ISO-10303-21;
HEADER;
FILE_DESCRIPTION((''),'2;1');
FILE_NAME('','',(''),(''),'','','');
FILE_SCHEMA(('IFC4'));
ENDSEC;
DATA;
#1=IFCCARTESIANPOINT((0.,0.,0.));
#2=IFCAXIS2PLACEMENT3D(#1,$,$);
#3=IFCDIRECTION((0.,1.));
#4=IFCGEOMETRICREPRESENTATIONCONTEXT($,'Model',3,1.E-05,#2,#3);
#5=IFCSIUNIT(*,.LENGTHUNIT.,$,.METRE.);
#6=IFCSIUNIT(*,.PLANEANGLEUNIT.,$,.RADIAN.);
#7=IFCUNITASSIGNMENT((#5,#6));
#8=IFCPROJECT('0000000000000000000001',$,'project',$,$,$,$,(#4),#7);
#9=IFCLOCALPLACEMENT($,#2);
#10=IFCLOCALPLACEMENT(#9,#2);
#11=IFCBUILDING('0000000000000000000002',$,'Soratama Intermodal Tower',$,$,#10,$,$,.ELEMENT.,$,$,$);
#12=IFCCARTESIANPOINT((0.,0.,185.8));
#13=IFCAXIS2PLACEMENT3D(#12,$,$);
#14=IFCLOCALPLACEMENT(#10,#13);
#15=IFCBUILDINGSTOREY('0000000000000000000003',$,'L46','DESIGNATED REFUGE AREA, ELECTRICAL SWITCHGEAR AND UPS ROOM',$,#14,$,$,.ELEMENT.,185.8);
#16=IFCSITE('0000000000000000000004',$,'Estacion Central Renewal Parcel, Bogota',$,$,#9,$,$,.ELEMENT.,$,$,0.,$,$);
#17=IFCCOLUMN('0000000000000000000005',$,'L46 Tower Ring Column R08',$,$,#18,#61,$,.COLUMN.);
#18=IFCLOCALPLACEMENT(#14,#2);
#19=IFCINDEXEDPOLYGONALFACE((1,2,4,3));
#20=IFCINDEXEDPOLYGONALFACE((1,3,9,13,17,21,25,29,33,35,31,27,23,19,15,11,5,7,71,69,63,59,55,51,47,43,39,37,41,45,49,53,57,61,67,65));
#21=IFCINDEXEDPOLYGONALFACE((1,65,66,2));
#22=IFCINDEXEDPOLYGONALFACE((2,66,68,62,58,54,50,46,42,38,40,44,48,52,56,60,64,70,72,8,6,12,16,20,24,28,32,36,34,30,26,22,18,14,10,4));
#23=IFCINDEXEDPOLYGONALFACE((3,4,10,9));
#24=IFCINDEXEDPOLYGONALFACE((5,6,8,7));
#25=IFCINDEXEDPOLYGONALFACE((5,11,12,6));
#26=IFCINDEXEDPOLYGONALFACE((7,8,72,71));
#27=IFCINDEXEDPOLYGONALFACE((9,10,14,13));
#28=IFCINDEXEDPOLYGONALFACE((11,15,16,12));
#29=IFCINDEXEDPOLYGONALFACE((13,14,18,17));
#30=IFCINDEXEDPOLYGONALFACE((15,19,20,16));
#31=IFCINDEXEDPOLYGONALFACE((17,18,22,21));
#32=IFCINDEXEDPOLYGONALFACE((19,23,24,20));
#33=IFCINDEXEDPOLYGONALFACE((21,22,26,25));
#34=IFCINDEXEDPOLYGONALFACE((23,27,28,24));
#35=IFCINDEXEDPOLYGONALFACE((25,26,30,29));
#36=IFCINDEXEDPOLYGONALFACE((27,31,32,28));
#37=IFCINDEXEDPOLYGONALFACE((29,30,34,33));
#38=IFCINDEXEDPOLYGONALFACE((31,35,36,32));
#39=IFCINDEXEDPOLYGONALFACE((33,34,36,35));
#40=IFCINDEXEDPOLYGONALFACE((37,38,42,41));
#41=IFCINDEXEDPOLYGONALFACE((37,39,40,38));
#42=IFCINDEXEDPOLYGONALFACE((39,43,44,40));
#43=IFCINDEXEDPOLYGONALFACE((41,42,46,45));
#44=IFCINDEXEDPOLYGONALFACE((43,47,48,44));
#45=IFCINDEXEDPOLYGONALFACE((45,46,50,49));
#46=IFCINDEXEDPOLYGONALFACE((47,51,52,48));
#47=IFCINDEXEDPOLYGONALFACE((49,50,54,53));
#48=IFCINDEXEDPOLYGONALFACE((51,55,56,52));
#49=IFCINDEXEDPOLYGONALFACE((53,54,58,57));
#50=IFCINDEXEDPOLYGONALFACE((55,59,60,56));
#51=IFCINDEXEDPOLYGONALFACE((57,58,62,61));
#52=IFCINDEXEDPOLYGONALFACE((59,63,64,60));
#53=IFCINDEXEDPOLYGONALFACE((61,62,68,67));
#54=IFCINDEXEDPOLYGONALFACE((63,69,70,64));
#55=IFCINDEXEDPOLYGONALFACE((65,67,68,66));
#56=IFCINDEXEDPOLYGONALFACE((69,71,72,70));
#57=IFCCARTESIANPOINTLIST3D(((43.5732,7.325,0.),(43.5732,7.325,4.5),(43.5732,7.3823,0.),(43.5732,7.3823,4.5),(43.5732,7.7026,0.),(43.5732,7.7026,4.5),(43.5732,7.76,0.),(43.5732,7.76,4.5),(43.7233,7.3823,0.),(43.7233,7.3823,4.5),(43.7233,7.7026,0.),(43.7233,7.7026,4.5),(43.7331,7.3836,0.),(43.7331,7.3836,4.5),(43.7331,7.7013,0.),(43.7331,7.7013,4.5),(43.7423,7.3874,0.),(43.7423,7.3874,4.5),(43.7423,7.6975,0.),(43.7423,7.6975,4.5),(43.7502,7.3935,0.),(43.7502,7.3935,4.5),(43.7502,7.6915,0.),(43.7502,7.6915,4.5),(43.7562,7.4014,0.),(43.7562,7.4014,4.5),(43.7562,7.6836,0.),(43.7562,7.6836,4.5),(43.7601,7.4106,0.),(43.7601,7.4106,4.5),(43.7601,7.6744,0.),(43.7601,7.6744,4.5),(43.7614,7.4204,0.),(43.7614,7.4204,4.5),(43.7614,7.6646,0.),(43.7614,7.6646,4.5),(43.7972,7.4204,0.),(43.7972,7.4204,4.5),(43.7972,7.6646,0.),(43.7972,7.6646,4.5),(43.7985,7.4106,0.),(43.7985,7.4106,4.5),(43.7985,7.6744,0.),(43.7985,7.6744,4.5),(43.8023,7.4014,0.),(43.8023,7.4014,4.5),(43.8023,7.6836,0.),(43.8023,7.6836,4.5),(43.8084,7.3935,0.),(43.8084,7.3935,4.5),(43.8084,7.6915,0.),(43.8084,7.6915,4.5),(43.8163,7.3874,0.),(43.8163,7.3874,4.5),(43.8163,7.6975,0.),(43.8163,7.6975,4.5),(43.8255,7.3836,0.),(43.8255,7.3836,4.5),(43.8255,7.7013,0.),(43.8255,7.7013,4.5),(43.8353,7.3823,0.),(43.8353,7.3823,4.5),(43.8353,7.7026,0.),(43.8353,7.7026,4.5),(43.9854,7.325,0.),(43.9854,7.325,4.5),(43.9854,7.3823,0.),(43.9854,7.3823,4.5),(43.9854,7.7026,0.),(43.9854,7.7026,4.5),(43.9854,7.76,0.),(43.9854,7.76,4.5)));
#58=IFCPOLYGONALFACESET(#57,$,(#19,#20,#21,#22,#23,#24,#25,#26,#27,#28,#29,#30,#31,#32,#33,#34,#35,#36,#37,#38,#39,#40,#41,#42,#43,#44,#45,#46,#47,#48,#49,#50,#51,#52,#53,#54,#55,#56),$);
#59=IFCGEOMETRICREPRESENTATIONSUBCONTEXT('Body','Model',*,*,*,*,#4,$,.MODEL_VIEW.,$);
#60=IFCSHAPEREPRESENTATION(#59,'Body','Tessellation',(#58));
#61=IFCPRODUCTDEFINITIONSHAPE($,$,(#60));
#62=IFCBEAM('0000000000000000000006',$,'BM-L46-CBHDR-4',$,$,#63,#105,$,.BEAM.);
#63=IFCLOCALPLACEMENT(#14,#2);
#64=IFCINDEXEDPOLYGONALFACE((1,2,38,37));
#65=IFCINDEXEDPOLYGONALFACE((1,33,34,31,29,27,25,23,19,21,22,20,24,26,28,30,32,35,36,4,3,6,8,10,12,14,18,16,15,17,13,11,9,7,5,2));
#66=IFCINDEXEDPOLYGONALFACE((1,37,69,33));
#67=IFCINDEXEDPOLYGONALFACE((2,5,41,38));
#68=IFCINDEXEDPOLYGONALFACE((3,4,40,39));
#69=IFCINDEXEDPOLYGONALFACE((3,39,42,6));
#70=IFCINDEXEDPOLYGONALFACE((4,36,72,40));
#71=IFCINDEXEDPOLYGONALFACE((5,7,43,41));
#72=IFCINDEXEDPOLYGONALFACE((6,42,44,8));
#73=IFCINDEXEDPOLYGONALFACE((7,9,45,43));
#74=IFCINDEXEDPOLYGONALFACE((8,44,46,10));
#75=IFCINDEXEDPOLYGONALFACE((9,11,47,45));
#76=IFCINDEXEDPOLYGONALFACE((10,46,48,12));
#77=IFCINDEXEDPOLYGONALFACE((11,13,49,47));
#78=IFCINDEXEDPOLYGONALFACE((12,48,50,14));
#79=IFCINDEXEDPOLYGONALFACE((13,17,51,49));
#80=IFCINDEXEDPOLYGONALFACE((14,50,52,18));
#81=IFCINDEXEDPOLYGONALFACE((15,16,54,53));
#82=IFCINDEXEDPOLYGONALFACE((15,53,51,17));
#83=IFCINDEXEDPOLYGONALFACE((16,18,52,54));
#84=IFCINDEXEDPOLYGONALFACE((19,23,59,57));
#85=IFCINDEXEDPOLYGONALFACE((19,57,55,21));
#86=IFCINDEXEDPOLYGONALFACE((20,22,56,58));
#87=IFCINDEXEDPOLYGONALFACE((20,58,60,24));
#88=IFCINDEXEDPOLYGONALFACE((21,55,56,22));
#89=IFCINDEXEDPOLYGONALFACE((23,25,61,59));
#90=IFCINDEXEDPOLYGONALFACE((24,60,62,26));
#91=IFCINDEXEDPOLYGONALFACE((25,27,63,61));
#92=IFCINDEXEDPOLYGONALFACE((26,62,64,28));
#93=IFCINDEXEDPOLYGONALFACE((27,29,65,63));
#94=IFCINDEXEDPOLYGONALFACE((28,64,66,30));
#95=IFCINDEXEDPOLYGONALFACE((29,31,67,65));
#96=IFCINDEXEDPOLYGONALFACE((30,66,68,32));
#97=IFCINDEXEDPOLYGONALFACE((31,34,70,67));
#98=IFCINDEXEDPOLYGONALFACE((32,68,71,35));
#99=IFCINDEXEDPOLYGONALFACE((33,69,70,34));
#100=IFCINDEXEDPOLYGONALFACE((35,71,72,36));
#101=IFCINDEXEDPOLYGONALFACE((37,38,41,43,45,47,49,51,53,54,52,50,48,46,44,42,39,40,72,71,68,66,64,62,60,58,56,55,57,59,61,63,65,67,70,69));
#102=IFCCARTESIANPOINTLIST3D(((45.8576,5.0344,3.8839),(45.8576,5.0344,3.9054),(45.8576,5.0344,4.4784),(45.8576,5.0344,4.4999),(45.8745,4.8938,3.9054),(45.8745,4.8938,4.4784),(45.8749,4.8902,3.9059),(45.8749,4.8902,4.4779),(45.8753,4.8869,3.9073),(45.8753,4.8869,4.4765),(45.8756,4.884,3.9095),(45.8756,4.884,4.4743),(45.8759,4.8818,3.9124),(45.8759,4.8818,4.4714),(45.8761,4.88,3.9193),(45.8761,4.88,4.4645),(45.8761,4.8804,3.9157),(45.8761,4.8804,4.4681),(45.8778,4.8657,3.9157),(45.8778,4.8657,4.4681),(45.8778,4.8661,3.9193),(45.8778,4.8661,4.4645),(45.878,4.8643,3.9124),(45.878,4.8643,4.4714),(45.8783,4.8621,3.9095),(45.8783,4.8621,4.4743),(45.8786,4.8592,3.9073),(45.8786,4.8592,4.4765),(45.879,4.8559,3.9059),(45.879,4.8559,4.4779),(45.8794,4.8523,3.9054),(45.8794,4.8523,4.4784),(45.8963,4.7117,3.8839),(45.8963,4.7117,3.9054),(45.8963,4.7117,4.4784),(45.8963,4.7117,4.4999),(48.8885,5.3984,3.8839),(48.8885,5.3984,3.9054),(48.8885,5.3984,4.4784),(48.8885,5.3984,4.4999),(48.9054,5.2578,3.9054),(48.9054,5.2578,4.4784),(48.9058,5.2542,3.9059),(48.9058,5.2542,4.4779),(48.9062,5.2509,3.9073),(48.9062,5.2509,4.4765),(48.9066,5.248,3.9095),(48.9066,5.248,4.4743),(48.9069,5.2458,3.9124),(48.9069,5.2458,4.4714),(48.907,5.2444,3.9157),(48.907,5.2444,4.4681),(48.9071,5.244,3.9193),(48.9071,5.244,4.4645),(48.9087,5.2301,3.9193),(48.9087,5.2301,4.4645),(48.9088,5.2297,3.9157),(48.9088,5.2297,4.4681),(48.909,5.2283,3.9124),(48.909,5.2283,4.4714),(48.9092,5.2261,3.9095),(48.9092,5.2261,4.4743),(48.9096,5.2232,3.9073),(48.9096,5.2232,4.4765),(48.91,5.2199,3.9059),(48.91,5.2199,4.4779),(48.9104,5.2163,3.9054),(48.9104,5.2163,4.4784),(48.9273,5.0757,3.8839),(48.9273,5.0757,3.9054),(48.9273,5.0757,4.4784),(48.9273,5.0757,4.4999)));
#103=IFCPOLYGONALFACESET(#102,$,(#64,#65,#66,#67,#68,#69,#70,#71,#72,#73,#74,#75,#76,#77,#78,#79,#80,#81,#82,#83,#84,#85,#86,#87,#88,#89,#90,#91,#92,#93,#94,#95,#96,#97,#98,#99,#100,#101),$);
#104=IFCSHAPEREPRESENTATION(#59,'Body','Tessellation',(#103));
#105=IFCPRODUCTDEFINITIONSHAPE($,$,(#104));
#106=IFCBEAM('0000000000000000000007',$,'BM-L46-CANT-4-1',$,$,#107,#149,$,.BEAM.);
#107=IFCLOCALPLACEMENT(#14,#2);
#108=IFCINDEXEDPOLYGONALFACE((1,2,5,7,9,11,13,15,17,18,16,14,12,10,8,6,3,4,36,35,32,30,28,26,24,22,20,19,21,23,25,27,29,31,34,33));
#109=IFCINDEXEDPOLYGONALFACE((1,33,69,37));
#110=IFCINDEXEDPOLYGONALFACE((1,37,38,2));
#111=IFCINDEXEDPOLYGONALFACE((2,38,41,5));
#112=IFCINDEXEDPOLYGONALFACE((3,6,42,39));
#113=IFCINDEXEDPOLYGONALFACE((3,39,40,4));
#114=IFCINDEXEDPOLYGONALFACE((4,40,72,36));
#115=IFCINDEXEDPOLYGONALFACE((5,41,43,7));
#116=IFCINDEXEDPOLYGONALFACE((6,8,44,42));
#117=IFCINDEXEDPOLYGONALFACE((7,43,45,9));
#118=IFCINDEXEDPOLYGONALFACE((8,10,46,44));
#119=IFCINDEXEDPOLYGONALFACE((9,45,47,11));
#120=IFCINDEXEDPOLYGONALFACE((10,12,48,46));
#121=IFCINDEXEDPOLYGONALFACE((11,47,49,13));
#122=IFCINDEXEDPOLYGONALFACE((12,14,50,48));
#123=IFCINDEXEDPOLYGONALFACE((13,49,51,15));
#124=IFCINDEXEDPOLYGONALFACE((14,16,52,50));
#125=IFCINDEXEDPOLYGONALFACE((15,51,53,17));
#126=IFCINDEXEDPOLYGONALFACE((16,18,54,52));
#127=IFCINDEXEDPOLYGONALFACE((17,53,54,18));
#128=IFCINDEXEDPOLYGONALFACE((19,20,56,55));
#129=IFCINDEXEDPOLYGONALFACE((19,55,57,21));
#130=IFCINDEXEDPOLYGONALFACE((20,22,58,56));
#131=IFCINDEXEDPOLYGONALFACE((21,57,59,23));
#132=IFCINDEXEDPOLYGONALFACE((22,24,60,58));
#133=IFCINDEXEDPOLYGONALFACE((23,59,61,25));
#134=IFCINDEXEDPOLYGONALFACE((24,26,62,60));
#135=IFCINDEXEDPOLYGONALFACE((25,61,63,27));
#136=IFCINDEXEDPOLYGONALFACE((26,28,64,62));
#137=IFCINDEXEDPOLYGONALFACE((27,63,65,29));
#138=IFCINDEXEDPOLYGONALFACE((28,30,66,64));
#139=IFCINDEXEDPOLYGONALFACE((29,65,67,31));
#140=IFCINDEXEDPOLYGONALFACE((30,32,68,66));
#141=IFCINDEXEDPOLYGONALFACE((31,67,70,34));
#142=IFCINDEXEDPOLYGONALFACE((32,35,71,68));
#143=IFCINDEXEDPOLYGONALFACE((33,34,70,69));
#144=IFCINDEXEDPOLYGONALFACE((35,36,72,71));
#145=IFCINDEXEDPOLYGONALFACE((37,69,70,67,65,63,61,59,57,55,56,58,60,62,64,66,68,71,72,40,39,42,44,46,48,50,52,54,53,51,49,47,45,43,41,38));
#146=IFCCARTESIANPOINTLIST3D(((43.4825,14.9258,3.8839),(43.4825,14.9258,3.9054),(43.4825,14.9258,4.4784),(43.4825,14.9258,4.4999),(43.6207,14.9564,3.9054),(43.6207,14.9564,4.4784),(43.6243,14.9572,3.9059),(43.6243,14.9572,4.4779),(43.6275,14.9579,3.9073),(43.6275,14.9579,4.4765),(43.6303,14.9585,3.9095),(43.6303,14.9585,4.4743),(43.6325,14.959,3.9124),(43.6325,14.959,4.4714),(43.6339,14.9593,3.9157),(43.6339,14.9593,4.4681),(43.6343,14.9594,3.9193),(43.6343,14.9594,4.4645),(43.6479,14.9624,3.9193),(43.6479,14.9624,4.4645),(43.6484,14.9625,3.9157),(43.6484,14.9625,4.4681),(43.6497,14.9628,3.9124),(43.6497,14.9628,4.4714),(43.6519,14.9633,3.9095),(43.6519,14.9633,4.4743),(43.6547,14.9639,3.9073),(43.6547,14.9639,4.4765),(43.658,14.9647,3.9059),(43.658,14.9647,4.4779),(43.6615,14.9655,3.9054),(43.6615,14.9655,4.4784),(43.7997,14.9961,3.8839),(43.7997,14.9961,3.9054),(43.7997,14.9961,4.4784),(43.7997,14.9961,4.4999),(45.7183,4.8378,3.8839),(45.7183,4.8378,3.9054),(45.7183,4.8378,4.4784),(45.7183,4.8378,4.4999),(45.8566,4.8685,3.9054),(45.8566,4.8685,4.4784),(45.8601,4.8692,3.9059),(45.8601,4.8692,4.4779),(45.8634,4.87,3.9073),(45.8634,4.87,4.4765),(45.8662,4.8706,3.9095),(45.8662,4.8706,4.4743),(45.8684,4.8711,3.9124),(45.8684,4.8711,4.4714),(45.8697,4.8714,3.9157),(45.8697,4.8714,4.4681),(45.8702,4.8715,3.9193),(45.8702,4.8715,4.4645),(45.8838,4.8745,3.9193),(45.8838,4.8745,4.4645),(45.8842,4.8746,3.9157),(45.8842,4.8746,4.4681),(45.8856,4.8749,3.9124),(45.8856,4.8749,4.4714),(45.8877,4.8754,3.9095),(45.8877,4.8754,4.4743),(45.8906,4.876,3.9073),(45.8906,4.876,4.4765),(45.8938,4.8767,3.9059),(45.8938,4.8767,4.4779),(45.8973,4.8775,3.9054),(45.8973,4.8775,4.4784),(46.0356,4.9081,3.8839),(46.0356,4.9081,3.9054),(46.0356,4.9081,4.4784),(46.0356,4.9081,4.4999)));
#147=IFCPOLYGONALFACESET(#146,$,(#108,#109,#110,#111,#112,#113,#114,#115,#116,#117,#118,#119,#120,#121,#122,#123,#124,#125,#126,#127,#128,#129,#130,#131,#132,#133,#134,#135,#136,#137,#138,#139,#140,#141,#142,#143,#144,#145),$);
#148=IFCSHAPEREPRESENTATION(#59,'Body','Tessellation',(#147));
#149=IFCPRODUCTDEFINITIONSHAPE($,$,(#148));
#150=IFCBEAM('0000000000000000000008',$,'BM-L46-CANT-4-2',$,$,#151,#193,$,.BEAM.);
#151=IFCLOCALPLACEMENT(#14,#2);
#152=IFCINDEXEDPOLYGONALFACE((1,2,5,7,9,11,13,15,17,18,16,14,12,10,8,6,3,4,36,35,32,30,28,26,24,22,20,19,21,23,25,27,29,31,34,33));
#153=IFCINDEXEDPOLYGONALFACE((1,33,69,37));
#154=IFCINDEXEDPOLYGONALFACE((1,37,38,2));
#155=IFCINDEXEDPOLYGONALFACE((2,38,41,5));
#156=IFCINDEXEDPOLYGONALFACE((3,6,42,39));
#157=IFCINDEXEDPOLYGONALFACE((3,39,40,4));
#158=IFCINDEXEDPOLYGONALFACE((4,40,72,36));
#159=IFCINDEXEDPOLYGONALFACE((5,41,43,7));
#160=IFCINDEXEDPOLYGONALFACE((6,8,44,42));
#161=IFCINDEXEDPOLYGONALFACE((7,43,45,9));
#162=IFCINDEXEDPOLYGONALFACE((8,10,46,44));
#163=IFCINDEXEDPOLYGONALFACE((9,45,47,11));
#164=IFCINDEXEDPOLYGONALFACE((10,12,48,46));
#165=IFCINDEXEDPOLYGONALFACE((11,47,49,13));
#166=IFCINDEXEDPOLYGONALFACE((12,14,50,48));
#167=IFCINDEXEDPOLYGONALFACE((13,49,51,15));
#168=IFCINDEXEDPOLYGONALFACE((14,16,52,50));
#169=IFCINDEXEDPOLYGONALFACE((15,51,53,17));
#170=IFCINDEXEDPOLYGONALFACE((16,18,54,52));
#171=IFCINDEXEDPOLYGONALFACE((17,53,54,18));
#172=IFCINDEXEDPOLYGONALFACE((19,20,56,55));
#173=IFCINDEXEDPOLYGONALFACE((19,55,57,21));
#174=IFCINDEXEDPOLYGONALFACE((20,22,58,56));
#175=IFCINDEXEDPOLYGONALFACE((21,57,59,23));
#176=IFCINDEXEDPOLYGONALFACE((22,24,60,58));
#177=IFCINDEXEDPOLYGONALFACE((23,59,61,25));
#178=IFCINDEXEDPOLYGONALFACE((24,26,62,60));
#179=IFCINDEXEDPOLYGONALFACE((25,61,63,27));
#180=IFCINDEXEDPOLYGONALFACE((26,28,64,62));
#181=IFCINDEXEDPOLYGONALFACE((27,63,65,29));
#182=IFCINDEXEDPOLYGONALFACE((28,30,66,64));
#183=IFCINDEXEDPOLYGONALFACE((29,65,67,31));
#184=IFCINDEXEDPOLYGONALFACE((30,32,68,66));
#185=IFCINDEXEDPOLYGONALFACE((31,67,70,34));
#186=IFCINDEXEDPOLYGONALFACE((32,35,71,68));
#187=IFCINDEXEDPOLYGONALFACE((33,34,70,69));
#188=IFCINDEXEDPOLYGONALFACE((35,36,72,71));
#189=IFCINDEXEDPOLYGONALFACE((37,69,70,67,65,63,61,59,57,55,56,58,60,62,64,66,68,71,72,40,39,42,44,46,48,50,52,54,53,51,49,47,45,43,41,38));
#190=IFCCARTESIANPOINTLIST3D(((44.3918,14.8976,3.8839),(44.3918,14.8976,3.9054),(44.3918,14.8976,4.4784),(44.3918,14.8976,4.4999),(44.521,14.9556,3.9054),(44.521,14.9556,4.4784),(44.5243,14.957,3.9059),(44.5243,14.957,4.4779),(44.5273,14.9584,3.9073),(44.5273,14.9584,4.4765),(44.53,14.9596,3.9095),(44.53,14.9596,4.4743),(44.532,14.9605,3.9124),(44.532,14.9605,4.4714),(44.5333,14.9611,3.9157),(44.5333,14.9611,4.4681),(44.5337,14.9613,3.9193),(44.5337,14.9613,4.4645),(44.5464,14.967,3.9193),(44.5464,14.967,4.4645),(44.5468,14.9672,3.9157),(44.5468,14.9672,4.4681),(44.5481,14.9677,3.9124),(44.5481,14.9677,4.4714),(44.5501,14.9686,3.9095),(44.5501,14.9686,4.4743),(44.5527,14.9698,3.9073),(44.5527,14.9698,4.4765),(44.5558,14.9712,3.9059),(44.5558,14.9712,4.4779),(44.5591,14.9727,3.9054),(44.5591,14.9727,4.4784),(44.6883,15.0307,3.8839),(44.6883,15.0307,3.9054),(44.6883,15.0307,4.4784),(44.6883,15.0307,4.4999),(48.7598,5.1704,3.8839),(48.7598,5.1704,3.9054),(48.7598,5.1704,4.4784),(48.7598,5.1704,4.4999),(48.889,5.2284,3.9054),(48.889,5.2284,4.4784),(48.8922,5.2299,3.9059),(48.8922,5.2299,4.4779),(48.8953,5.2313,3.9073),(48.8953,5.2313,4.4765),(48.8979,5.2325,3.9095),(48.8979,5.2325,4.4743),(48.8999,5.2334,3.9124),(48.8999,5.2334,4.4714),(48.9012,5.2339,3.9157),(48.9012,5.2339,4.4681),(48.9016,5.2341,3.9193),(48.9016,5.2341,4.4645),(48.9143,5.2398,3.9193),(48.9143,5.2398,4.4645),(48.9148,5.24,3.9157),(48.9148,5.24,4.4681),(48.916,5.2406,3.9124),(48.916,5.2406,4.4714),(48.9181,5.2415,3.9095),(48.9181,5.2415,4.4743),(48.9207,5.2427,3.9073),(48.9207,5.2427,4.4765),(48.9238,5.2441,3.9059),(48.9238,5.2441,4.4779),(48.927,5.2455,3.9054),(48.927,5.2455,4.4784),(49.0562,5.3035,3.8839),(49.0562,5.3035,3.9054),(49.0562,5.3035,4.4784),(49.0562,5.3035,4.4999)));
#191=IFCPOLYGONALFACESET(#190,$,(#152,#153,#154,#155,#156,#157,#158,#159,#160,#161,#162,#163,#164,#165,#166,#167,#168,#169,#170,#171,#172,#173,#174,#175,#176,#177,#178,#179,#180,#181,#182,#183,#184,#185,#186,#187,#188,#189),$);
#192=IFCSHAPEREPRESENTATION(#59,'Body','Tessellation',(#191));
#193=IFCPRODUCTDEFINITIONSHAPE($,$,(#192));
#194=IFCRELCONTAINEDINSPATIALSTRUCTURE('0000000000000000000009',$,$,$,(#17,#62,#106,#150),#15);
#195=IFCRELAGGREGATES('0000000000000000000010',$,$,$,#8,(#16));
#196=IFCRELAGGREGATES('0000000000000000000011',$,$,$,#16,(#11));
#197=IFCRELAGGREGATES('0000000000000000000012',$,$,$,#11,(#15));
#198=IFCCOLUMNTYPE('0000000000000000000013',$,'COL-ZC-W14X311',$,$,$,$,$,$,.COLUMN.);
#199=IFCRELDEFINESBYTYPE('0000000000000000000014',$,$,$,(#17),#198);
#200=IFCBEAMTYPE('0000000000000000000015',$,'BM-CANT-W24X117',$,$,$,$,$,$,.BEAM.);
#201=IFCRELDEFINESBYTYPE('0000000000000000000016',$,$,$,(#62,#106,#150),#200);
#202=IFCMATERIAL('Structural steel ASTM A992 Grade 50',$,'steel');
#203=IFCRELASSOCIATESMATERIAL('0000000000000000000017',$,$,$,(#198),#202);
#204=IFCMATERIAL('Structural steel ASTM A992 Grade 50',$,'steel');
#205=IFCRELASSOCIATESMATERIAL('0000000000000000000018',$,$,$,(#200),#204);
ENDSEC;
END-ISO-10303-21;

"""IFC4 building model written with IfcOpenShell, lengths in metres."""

from ifc_helpers import new_model, si_unit, direction, frame, origin, origin_2d, place, context, subcontext, project, spatial, i_section, extrude, material, material_profile, profile_set, type_object, element, save


model = new_model("IFC4")

# Units and contexts
model_context = context("Model", 3, precision=1e-05, world=origin(), true_north=direction((0.0, 1.0)))
body_context = subcontext(model_context, "Body", "Model", "MODEL_VIEW")
ifc_project = project(units=[si_unit("LENGTHUNIT", "METRE"), si_unit("PLANEANGLEUNIT", "RADIAN")], contexts=[model_context])

# Site, building, storey
site_placement = place(None, origin())
site = spatial("IfcSite", under=ifc_project, at=site_placement, Name="Estacion Central Renewal Parcel, Bogota", CompositionType="ELEMENT", RefElevation=0.0)
building_placement = place(site_placement, origin())
building = spatial("IfcBuilding", under=site, at=building_placement, Name="Soratama Intermodal Tower", CompositionType="ELEMENT")
storey_placement = place(building_placement, frame((0.0, 0.0, 185.8)))
storey = spatial("IfcBuildingStorey", under=building, at=storey_placement, Name="L46", Description="DESIGNATED REFUGE AREA, ELECTRICAL SWITCHGEAR AND UPS ROOM", CompositionType="ELEMENT", Elevation=185.8)

# Column
ifc_material_1 = material(Name="Structural steel ASTM A992 Grade 50", Category="steel")
ifc_material_profile_1 = material_profile(ifc_material_1, i_section(OverallWidth=0.4121, OverallDepth=0.4351, WebThickness=0.0359, FlangeThickness=0.0574, FilletRadius=0.0381, at=origin_2d()), Name="W14X311")
ifc_profile_set_1 = profile_set([ifc_material_profile_1], Name="Structural steel ASTM A992 Grade 50")
column_type = type_object("IfcColumnType", Name="COL-ZC-W14X311", PredefinedType="COLUMN", material=ifc_profile_set_1)
column_placement = place(storey_placement, frame((43.7793, 7.5425, 0.0), z_axis=(0.0, 0.0, 1.0), x_axis=(1.0, 0.0, 0.0)))
element("IfcColumn", 1, at=column_placement, inside=storey, type_object=column_type, Name="L46 Tower Ring Column R08", PredefinedType="COLUMN", context=body_context, shape_type="SweptSolid", body=[
    extrude(i_section(OverallWidth=0.4121, OverallDepth=0.4351, WebThickness=0.0359, FlangeThickness=0.0574, FilletRadius=0.0381, at=origin_2d()), origin(), (0.0, 0.0, 1.0), 4.5),
])

# Beams
ifc_material_2 = material(Name="Structural steel ASTM A992 Grade 50", Category="steel")
ifc_material_profile_2 = material_profile(ifc_material_2, i_section(OverallWidth=0.325, OverallDepth=0.616, WebThickness=0.0139, FlangeThickness=0.0215, FilletRadius=0.0139, at=origin_2d()), Name="W24X117")
ifc_profile_set_2 = profile_set([ifc_material_profile_2], Name="Structural steel ASTM A992 Grade 50")
beam_type_1 = type_object("IfcBeamType", Name="BM-CANT-W24X117", PredefinedType="BEAM", material=ifc_profile_set_2)
beam_1_placement = place(storey_placement, frame((45.877, 4.873, 4.1919), z_axis=(0.992865, 0.11924, 0.0), x_axis=(-0.11924, 0.992865, 0.0)))
element("IfcBeam", 2, at=beam_1_placement, inside=storey, type_object=beam_type_1, Name="BM-L46-CBHDR-4", PredefinedType="BEAM", context=body_context, shape_type="SweptSolid", body=[
    extrude(i_section(OverallWidth=0.325, OverallDepth=0.616, WebThickness=0.0139, FlangeThickness=0.0215, FilletRadius=0.0139, at=origin_2d()), origin(), (0.0, 0.0, 1.0), 3.0527),
])
beam_2_placement = place(storey_placement, frame((43.6411, 14.9609, 4.1919), z_axis=(0.216385, -0.976308, 0.0), x_axis=(0.976308, 0.216385, 0.0)))
element("IfcBeam", 3, at=beam_2_placement, inside=storey, type_object=beam_type_1, Name="BM-L46-CANT-4-1", PredefinedType="BEAM", context=body_context, shape_type="SweptSolid", body=[
    extrude(i_section(OverallWidth=0.325, OverallDepth=0.616, WebThickness=0.0139, FlangeThickness=0.0215, FilletRadius=0.0139, at=origin_2d()), origin(), (0.0, 0.0, 1.0), 10.3328),
])
beam_3_placement = place(storey_placement, frame((44.54, 14.9641, 4.1919), z_axis=(0.409643, -0.912246, 0.0), x_axis=(0.912246, 0.409643, 0.0)))
element("IfcBeam", 4, at=beam_3_placement, inside=storey, type_object=beam_type_1, Name="BM-L46-CANT-4-2", PredefinedType="BEAM", context=body_context, shape_type="SweptSolid", body=[
    extrude(i_section(OverallWidth=0.325, OverallDepth=0.616, WebThickness=0.0139, FlangeThickness=0.0215, FilletRadius=0.0139, at=origin_2d()), origin(), (0.0, 0.0, 1.0), 10.6628),
])

save(model, "model.ifc")
